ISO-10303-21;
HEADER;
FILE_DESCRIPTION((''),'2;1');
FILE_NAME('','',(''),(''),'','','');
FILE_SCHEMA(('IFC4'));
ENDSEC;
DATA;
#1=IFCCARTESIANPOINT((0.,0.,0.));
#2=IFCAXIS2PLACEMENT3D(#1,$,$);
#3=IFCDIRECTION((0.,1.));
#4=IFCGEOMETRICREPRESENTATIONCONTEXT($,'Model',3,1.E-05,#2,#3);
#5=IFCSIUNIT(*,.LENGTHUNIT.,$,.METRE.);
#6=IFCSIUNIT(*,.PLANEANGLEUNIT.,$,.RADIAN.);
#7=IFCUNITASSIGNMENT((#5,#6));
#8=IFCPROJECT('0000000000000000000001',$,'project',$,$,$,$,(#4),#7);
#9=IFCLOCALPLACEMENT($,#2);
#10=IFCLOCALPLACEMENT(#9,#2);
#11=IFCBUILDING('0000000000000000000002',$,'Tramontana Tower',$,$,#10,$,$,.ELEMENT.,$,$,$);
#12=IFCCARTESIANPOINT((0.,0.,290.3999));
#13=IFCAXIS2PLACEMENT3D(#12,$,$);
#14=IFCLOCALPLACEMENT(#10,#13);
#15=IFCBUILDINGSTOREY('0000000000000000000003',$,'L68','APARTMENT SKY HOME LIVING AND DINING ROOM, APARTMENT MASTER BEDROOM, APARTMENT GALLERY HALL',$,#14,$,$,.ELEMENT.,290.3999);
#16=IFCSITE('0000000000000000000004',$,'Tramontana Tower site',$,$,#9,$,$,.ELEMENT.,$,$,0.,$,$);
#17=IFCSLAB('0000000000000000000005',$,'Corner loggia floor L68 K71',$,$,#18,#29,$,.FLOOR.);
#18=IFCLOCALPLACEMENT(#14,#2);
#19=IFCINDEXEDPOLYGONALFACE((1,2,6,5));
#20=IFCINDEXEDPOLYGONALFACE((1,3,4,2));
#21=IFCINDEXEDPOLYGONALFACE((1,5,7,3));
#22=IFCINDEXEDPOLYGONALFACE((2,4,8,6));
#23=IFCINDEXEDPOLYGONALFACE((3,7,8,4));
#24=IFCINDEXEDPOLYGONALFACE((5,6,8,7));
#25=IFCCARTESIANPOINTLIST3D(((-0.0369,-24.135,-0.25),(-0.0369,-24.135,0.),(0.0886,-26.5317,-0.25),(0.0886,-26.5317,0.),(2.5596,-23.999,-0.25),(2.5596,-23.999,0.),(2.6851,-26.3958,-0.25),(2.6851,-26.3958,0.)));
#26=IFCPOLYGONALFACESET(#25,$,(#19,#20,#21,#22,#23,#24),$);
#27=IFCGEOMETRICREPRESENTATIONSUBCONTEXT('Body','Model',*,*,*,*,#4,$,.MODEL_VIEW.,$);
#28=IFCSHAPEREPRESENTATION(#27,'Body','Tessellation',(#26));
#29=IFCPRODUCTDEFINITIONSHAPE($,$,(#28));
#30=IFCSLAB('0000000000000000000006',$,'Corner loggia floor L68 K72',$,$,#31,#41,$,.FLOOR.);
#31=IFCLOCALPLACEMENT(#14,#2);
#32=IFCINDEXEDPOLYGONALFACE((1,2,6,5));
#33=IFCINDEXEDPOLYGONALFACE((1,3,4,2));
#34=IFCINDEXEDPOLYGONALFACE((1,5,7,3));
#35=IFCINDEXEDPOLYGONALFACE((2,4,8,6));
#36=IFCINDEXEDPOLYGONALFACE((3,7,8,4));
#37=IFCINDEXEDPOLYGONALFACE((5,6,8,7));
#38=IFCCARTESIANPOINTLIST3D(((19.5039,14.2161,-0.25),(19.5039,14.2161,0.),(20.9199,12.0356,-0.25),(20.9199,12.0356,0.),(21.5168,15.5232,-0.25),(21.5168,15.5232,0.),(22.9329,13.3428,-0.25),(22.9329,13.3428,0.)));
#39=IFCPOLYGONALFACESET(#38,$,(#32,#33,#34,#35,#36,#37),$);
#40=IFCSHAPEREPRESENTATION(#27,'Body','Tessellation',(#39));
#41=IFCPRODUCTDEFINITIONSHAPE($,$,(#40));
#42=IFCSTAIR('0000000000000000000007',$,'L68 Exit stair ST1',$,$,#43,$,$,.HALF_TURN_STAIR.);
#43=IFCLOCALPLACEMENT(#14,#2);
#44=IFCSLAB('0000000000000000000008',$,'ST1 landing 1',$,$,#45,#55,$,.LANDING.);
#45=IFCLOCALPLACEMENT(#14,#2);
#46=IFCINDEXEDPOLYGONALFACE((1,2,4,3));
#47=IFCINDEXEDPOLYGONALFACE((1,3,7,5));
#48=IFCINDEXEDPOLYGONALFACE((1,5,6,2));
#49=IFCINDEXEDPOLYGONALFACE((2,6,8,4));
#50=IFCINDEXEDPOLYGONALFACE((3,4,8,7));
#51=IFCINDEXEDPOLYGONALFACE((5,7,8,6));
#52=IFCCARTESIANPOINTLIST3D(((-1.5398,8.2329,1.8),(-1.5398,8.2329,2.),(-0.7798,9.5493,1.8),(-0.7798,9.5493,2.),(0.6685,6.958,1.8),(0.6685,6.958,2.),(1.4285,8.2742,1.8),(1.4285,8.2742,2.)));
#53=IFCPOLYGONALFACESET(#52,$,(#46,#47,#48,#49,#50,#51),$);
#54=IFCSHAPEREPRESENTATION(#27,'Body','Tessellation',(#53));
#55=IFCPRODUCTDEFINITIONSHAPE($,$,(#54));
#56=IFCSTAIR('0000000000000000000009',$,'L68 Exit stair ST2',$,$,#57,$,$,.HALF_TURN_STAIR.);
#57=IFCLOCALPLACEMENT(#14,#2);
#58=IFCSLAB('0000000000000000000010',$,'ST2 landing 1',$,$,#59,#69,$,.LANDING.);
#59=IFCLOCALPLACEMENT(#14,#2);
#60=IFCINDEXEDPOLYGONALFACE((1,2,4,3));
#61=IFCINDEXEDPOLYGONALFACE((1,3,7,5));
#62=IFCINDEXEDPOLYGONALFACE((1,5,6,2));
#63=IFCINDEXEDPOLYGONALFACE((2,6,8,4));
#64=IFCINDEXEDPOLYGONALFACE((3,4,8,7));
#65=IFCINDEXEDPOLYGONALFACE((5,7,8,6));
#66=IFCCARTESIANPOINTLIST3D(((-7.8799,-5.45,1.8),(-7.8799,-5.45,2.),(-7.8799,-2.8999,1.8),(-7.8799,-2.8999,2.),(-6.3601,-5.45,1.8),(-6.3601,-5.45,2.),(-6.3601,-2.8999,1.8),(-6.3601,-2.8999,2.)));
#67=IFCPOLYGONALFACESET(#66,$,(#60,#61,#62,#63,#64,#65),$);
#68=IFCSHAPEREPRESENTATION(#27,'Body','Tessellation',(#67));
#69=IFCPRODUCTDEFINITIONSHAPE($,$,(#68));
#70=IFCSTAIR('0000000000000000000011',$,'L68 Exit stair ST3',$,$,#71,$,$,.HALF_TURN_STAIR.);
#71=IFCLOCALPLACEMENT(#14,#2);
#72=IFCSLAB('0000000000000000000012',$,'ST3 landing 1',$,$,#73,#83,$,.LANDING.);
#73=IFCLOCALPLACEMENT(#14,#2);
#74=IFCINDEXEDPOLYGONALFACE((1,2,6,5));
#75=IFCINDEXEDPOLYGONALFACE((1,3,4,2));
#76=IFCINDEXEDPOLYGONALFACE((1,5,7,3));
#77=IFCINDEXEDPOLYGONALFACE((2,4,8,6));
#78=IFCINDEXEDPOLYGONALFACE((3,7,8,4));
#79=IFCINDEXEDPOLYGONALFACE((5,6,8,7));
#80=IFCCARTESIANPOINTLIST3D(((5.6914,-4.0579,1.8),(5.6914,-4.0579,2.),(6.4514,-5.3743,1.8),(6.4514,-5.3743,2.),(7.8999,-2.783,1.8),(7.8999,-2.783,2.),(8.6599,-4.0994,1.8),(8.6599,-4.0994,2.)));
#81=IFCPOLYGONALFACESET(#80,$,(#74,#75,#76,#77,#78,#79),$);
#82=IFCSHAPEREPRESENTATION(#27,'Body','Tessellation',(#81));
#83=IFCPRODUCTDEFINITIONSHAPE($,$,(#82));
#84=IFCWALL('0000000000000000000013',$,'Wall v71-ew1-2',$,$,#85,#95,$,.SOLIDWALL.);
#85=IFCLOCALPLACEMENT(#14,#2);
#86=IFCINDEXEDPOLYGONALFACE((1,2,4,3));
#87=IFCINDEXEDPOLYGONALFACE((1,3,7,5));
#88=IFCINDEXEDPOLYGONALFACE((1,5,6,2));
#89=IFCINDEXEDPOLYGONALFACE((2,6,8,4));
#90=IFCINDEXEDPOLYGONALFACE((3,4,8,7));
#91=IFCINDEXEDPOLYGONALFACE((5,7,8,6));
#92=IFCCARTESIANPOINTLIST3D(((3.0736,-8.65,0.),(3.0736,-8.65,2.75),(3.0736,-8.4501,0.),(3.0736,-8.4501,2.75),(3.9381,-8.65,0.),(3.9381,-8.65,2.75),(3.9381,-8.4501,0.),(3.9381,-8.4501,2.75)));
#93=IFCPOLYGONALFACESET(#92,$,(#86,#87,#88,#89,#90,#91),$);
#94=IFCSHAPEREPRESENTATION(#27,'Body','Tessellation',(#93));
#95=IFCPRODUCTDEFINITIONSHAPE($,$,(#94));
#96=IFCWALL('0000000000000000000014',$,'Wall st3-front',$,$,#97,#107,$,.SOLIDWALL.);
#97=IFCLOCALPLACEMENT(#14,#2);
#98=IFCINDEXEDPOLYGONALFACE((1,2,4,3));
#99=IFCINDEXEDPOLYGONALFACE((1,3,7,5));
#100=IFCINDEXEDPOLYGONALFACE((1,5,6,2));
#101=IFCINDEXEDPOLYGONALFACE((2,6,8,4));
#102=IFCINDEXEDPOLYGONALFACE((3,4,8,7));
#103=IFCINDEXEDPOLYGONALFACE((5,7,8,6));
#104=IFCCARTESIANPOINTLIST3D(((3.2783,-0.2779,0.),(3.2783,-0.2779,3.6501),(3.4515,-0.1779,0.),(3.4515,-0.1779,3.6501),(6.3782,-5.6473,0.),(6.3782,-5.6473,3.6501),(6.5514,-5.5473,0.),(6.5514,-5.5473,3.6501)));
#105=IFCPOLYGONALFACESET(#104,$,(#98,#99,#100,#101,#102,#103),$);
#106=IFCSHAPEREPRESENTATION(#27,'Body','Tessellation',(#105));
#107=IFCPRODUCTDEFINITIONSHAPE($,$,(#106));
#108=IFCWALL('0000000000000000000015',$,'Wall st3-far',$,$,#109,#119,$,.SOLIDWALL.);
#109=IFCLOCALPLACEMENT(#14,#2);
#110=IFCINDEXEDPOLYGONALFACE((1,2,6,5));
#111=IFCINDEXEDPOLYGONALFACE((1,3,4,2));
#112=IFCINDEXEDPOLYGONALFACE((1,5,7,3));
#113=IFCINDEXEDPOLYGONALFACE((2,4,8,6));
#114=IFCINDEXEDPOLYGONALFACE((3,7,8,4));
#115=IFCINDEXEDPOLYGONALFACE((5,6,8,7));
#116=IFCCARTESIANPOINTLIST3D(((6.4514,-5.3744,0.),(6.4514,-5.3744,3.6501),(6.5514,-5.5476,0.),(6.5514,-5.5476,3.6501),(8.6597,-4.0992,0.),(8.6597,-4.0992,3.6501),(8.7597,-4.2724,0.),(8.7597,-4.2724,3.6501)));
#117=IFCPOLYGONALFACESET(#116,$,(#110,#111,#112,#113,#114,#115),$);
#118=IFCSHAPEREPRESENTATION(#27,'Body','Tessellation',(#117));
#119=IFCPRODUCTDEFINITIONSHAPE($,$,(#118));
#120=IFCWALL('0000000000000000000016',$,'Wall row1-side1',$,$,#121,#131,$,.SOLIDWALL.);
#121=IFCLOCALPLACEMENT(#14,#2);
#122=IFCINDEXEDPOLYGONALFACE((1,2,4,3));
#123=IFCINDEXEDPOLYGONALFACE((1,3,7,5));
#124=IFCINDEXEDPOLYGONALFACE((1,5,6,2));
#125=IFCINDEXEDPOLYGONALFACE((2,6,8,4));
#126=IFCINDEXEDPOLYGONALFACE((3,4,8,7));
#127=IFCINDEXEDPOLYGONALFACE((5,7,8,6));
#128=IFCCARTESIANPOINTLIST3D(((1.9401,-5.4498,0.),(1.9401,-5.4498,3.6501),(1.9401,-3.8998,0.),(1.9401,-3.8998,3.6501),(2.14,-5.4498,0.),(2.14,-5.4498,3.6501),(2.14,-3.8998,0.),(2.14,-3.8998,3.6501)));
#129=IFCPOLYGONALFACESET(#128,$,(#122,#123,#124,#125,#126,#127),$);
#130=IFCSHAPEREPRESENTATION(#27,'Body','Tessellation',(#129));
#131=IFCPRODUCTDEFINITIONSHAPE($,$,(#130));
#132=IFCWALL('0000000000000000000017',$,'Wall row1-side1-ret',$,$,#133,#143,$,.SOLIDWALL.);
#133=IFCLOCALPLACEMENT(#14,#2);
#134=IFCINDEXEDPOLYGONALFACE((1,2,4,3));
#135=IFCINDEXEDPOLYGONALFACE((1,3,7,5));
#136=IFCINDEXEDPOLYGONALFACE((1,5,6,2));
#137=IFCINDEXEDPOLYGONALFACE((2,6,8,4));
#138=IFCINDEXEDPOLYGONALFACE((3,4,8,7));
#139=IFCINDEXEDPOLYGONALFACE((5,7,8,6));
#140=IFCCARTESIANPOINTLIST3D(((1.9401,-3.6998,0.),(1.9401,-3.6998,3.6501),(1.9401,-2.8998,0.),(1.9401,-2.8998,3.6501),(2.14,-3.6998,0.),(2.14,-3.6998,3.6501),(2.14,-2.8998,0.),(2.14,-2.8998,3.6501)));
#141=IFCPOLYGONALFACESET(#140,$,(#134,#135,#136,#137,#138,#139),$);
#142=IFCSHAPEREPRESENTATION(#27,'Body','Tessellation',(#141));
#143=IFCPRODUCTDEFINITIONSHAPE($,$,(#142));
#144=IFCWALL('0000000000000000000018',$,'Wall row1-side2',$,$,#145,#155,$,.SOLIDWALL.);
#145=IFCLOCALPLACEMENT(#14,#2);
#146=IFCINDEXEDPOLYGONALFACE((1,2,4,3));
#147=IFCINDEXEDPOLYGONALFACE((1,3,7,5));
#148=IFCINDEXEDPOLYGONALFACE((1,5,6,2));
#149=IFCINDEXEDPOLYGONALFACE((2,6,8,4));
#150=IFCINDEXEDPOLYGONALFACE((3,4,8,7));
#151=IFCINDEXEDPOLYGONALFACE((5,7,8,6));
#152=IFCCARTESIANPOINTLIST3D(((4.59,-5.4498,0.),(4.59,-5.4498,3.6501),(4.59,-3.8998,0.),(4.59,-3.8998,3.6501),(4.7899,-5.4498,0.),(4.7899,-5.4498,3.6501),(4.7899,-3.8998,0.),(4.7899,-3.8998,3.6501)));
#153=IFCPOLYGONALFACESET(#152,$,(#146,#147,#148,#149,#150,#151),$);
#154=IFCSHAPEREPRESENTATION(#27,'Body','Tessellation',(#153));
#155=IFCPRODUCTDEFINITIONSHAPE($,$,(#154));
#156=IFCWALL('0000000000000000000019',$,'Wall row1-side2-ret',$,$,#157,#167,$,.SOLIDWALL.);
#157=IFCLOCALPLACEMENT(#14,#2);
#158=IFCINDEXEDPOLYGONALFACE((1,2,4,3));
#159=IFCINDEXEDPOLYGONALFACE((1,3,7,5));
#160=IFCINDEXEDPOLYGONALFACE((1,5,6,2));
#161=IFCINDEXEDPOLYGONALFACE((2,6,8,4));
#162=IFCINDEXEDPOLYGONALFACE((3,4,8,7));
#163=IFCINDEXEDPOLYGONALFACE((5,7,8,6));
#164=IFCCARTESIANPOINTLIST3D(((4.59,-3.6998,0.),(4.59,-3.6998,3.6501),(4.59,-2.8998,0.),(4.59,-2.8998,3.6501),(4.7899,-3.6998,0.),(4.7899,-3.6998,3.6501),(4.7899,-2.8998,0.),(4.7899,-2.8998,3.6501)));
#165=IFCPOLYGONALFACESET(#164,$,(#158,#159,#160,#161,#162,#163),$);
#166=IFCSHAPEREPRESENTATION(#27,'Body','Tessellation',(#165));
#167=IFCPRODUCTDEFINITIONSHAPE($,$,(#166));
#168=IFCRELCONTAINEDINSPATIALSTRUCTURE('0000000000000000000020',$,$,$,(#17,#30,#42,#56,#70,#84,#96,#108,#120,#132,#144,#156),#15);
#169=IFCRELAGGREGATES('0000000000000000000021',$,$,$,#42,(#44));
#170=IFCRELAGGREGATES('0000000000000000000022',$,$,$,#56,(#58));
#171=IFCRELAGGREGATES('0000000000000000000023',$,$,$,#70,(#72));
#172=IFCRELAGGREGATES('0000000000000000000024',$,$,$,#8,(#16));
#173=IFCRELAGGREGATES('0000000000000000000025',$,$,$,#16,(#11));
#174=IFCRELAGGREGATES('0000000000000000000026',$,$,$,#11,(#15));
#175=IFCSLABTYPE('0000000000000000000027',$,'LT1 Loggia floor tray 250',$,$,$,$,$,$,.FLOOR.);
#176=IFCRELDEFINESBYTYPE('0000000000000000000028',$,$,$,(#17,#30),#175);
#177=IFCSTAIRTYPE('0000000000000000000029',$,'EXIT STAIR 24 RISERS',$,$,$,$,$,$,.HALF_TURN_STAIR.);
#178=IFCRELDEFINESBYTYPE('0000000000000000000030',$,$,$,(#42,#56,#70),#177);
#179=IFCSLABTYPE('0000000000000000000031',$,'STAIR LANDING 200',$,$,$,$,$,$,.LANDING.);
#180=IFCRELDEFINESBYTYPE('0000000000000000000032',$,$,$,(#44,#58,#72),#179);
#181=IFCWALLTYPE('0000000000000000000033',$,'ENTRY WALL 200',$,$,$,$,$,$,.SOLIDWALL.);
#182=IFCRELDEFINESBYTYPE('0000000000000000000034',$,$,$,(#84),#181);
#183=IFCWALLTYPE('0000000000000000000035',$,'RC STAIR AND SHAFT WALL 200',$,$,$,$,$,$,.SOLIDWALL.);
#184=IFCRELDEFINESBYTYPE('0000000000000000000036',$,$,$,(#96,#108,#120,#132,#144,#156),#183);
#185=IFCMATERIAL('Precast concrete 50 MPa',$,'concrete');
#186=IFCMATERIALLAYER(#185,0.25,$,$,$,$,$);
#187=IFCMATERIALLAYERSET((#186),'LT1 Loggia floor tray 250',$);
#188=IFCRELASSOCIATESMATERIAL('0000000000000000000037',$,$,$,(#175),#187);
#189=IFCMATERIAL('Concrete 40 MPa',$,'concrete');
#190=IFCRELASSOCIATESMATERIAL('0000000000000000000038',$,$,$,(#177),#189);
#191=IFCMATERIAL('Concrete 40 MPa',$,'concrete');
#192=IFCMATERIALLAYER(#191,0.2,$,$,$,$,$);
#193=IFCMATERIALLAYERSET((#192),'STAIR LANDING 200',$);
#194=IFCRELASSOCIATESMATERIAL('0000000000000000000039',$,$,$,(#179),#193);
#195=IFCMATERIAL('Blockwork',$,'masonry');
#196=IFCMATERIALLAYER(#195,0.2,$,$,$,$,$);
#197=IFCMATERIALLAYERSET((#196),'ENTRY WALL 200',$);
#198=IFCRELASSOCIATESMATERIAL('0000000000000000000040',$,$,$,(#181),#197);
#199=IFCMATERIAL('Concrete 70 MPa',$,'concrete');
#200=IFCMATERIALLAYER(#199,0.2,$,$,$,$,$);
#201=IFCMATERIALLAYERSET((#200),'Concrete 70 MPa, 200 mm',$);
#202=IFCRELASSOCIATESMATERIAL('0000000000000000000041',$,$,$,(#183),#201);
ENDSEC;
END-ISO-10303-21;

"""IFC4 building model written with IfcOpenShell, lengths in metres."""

from ifc_helpers import new_model, si_unit, direction, frame, frame_2d, origin, place, context, subcontext, project, spatial, polyline, rectangle, outline, extrude, material, layer, layer_set, type_object, element, aggregate, save


model = new_model("IFC4")

# Units and contexts
model_context = context("Model", 3, precision=1e-05, world=origin(), true_north=direction((0.0, 1.0)))
body_context = subcontext(model_context, "Body", "Model", "MODEL_VIEW")
ifc_project = project(units=[si_unit("LENGTHUNIT", "METRE"), si_unit("PLANEANGLEUNIT", "RADIAN")], contexts=[model_context])

# Site, building, storey
site_placement = place(None, origin())
site = spatial("IfcSite", under=ifc_project, at=site_placement, Name="Tramontana Tower site", CompositionType="ELEMENT", RefElevation=0.0)
building_placement = place(site_placement, origin())
building = spatial("IfcBuilding", under=site, at=building_placement, Name="Tramontana Tower", CompositionType="ELEMENT")
storey_placement = place(building_placement, frame((0.0, 0.0, 290.3999)))
storey = spatial("IfcBuildingStorey", under=building, at=storey_placement, Name="L68", Description="APARTMENT SKY HOME LIVING AND DINING ROOM, APARTMENT MASTER BEDROOM, APARTMENT GALLERY HALL", CompositionType="ELEMENT", Elevation=290.3999)

# Slabs
ifc_material_1 = material(Name="Precast concrete 50 MPa", Category="concrete")
ifc_layer_1 = layer(ifc_material_1, 0.25)
ifc_layer_set_1 = layer_set([ifc_layer_1], Name="LT1 Loggia floor tray 250")
slab_type_1 = type_object("IfcSlabType", Name="LT1 Loggia floor tray 250", PredefinedType="FLOOR", material=ifc_layer_set_1)
slab_1_placement = place(storey_placement, frame((0.0, 0.0, -0.25)))
element("IfcSlab", 1, at=slab_1_placement, inside=storey, type_object=slab_type_1, Name="Corner loggia floor L68 K71", PredefinedType="FLOOR", context=body_context, shape_type="SweptSolid", body=[
    extrude(outline(polyline([(0.0886, -26.5317), (-0.0369, -24.135), (2.5596, -23.999), (2.6851, -26.3958), (0.0886, -26.5317)])), origin(), (0.0, 0.0, 1.0), 0.25),
])
slab_2_placement = place(storey_placement, frame((0.0, 0.0, -0.25)))
element("IfcSlab", 2, at=slab_2_placement, inside=storey, type_object=slab_type_1, Name="Corner loggia floor L68 K72", PredefinedType="FLOOR", context=body_context, shape_type="SweptSolid", body=[
    extrude(outline(polyline([(22.9329, 13.3428), (20.9199, 12.0356), (19.5039, 14.2161), (21.5168, 15.5232), (22.9329, 13.3428)])), origin(), (0.0, 0.0, 1.0), 0.25),
])

# Stairs, slabs
ifc_material_2 = material(Name="Concrete 40 MPa", Category="concrete")
stair_type = type_object("IfcStairType", Name="EXIT STAIR 24 RISERS", PredefinedType="HALF_TURN_STAIR", material=ifc_material_2)
stair_1_placement = place(storey_placement, origin())
stair_1 = element("IfcStair", 3, at=stair_1_placement, inside=storey, type_object=stair_type, Name="L68 Exit stair ST1", PredefinedType="HALF_TURN_STAIR")
ifc_material_3 = material(Name="Concrete 40 MPa", Category="concrete")
ifc_layer_2 = layer(ifc_material_3, 0.2)
ifc_layer_set_2 = layer_set([ifc_layer_2], Name="STAIR LANDING 200")
slab_type_2 = type_object("IfcSlabType", Name="STAIR LANDING 200", PredefinedType="LANDING", material=ifc_layer_set_2)
slab_3_placement = place(storey_placement, frame((0.0, 0.0, 1.8)))
slab_3 = element("IfcSlab", 4, at=slab_3_placement, type_object=slab_type_2, Name="ST1 landing 1", PredefinedType="LANDING", context=body_context, shape_type="SweptSolid", body=[
    extrude(outline(polyline([(0.6685, 6.958), (1.4285, 8.2742), (-0.7798, 9.5493), (-1.5398, 8.2329), (0.6685, 6.958)])), origin(), (0.0, 0.0, 1.0), 0.2),
])
aggregate(stair_1, [slab_3])
stair_2_placement = place(storey_placement, origin())
stair_2 = element("IfcStair", 5, at=stair_2_placement, inside=storey, type_object=stair_type, Name="L68 Exit stair ST2", PredefinedType="HALF_TURN_STAIR")
slab_4_placement = place(storey_placement, frame((0.0, 0.0, 1.8)))
slab_4 = element("IfcSlab", 6, at=slab_4_placement, type_object=slab_type_2, Name="ST2 landing 1", PredefinedType="LANDING", context=body_context, shape_type="SweptSolid", body=[
    extrude(outline(polyline([(-6.3601, -2.8999), (-7.8799, -2.8999), (-7.8799, -5.45), (-6.3601, -5.45), (-6.3601, -2.8999)])), origin(), (0.0, 0.0, 1.0), 0.2),
])
aggregate(stair_2, [slab_4])
stair_3_placement = place(storey_placement, origin())
stair_3 = element("IfcStair", 7, at=stair_3_placement, inside=storey, type_object=stair_type, Name="L68 Exit stair ST3", PredefinedType="HALF_TURN_STAIR")
slab_5_placement = place(storey_placement, frame((0.0, 0.0, 1.8)))
slab_5 = element("IfcSlab", 8, at=slab_5_placement, type_object=slab_type_2, Name="ST3 landing 1", PredefinedType="LANDING", context=body_context, shape_type="SweptSolid", body=[
    extrude(outline(polyline([(5.6914, -4.0579), (6.4514, -5.3743), (8.6599, -4.0994), (7.8999, -2.783), (5.6914, -4.0579)])), origin(), (0.0, 0.0, 1.0), 0.2),
])

# Walls
ifc_material_4 = material(Name="Blockwork", Category="masonry")
ifc_layer_3 = layer(ifc_material_4, 0.2)
ifc_layer_set_3 = layer_set([ifc_layer_3], Name="ENTRY WALL 200")
wall_type_1 = type_object("IfcWallType", Name="ENTRY WALL 200", PredefinedType="SOLIDWALL", material=ifc_layer_set_3)
wall_1_placement = place(storey_placement, frame((3.938, -8.55, 0.0), z_axis=(0.0, 0.0, 1.0), x_axis=(-1.0, 0.0, 0.0)))
element("IfcWall", 9, at=wall_1_placement, inside=storey, type_object=wall_type_1, Name="Wall v71-ew1-2", PredefinedType="SOLIDWALL", context=body_context, shape_type="SweptSolid", body=[
    extrude(rectangle(XDim=0.8645, YDim=0.2, at=frame_2d((0.4321, 0.0))), origin(), (0.0, 0.0, 1.0), 2.75),
])
ifc_material_5 = material(Name="Concrete 70 MPa", Category="concrete")
ifc_layer_4 = layer(ifc_material_5, 0.2)
ifc_layer_set_4 = layer_set([ifc_layer_4], Name="Concrete 70 MPa, 200 mm")
wall_type_2 = type_object("IfcWallType", Name="RC STAIR AND SHAFT WALL 200", PredefinedType="SOLIDWALL", material=ifc_layer_set_4)
wall_2_placement = place(storey_placement, frame((6.4648, -5.5974, 0.0), z_axis=(0.0, 0.0, 1.0), x_axis=(-0.49998, 0.866037, 0.0)))
element("IfcWall", 10, at=wall_2_placement, inside=storey, type_object=wall_type_2, Name="Wall st3-front", PredefinedType="SOLIDWALL", context=body_context, shape_type="SweptSolid", body=[
    extrude(rectangle(XDim=6.2, YDim=0.2, at=frame_2d((3.1001, 0.0))), origin(), (0.0, 0.0, 1.0), 3.6501),
])
wall_3_placement = place(storey_placement, frame((6.5015, -5.4609, 0.0), z_axis=(0.0, 0.0, 1.0), x_axis=(0.865989, 0.500062, 0.0)))
element("IfcWall", 11, at=wall_3_placement, inside=storey, type_object=wall_type_2, Name="Wall st3-far", PredefinedType="SOLIDWALL", context=body_context, shape_type="SweptSolid", body=[
    extrude(rectangle(XDim=2.55, YDim=0.2, at=frame_2d((1.2749, 0.0))), origin(), (0.0, 0.0, 1.0), 3.6501),
])

# Walls
wall_4_placement = place(storey_placement, frame((2.04, -3.8999, 0.0), z_axis=(0.0, 0.0, 1.0), x_axis=(0.0, -1.0, 0.0)))
element("IfcWall", 12, at=wall_4_placement, inside=storey, type_object=wall_type_2, Name="Wall row1-side1", PredefinedType="SOLIDWALL", context=body_context, shape_type="SweptSolid", body=[
    extrude(rectangle(XDim=1.55, YDim=0.2, at=frame_2d((0.7749, 0.0))), origin(), (0.0, 0.0, 1.0), 3.6501),
])
wall_5_placement = place(storey_placement, frame((2.04, -2.8999, 0.0), z_axis=(0.0, 0.0, 1.0), x_axis=(0.0, -1.0, 0.0)))
element("IfcWall", 13, at=wall_5_placement, inside=storey, type_object=wall_type_2, Name="Wall row1-side1-ret", PredefinedType="SOLIDWALL", context=body_context, shape_type="SweptSolid", body=[
    extrude(rectangle(XDim=0.8, YDim=0.2, at=frame_2d((0.3999, 0.0))), origin(), (0.0, 0.0, 1.0), 3.6501),
])
wall_6_placement = place(storey_placement, frame((4.6899, -3.8999, 0.0), z_axis=(0.0, 0.0, 1.0), x_axis=(0.0, -1.0, 0.0)))
element("IfcWall", 14, at=wall_6_placement, inside=storey, type_object=wall_type_2, Name="Wall row1-side2", PredefinedType="SOLIDWALL", context=body_context, shape_type="SweptSolid", body=[
    extrude(rectangle(XDim=1.55, YDim=0.2, at=frame_2d((0.7749, 0.0))), origin(), (0.0, 0.0, 1.0), 3.6501),
])
wall_7_placement = place(storey_placement, frame((4.6899, -2.8999, 0.0), z_axis=(0.0, 0.0, 1.0), x_axis=(0.0, -1.0, 0.0)))
element("IfcWall", 15, at=wall_7_placement, inside=storey, type_object=wall_type_2, Name="Wall row1-side2-ret", PredefinedType="SOLIDWALL", context=body_context, shape_type="SweptSolid", body=[
    extrude(rectangle(XDim=0.8, YDim=0.2, at=frame_2d((0.3999, 0.0))), origin(), (0.0, 0.0, 1.0), 3.6501),
])

aggregate(stair_3, [slab_5])

save(model, "model.ifc")
